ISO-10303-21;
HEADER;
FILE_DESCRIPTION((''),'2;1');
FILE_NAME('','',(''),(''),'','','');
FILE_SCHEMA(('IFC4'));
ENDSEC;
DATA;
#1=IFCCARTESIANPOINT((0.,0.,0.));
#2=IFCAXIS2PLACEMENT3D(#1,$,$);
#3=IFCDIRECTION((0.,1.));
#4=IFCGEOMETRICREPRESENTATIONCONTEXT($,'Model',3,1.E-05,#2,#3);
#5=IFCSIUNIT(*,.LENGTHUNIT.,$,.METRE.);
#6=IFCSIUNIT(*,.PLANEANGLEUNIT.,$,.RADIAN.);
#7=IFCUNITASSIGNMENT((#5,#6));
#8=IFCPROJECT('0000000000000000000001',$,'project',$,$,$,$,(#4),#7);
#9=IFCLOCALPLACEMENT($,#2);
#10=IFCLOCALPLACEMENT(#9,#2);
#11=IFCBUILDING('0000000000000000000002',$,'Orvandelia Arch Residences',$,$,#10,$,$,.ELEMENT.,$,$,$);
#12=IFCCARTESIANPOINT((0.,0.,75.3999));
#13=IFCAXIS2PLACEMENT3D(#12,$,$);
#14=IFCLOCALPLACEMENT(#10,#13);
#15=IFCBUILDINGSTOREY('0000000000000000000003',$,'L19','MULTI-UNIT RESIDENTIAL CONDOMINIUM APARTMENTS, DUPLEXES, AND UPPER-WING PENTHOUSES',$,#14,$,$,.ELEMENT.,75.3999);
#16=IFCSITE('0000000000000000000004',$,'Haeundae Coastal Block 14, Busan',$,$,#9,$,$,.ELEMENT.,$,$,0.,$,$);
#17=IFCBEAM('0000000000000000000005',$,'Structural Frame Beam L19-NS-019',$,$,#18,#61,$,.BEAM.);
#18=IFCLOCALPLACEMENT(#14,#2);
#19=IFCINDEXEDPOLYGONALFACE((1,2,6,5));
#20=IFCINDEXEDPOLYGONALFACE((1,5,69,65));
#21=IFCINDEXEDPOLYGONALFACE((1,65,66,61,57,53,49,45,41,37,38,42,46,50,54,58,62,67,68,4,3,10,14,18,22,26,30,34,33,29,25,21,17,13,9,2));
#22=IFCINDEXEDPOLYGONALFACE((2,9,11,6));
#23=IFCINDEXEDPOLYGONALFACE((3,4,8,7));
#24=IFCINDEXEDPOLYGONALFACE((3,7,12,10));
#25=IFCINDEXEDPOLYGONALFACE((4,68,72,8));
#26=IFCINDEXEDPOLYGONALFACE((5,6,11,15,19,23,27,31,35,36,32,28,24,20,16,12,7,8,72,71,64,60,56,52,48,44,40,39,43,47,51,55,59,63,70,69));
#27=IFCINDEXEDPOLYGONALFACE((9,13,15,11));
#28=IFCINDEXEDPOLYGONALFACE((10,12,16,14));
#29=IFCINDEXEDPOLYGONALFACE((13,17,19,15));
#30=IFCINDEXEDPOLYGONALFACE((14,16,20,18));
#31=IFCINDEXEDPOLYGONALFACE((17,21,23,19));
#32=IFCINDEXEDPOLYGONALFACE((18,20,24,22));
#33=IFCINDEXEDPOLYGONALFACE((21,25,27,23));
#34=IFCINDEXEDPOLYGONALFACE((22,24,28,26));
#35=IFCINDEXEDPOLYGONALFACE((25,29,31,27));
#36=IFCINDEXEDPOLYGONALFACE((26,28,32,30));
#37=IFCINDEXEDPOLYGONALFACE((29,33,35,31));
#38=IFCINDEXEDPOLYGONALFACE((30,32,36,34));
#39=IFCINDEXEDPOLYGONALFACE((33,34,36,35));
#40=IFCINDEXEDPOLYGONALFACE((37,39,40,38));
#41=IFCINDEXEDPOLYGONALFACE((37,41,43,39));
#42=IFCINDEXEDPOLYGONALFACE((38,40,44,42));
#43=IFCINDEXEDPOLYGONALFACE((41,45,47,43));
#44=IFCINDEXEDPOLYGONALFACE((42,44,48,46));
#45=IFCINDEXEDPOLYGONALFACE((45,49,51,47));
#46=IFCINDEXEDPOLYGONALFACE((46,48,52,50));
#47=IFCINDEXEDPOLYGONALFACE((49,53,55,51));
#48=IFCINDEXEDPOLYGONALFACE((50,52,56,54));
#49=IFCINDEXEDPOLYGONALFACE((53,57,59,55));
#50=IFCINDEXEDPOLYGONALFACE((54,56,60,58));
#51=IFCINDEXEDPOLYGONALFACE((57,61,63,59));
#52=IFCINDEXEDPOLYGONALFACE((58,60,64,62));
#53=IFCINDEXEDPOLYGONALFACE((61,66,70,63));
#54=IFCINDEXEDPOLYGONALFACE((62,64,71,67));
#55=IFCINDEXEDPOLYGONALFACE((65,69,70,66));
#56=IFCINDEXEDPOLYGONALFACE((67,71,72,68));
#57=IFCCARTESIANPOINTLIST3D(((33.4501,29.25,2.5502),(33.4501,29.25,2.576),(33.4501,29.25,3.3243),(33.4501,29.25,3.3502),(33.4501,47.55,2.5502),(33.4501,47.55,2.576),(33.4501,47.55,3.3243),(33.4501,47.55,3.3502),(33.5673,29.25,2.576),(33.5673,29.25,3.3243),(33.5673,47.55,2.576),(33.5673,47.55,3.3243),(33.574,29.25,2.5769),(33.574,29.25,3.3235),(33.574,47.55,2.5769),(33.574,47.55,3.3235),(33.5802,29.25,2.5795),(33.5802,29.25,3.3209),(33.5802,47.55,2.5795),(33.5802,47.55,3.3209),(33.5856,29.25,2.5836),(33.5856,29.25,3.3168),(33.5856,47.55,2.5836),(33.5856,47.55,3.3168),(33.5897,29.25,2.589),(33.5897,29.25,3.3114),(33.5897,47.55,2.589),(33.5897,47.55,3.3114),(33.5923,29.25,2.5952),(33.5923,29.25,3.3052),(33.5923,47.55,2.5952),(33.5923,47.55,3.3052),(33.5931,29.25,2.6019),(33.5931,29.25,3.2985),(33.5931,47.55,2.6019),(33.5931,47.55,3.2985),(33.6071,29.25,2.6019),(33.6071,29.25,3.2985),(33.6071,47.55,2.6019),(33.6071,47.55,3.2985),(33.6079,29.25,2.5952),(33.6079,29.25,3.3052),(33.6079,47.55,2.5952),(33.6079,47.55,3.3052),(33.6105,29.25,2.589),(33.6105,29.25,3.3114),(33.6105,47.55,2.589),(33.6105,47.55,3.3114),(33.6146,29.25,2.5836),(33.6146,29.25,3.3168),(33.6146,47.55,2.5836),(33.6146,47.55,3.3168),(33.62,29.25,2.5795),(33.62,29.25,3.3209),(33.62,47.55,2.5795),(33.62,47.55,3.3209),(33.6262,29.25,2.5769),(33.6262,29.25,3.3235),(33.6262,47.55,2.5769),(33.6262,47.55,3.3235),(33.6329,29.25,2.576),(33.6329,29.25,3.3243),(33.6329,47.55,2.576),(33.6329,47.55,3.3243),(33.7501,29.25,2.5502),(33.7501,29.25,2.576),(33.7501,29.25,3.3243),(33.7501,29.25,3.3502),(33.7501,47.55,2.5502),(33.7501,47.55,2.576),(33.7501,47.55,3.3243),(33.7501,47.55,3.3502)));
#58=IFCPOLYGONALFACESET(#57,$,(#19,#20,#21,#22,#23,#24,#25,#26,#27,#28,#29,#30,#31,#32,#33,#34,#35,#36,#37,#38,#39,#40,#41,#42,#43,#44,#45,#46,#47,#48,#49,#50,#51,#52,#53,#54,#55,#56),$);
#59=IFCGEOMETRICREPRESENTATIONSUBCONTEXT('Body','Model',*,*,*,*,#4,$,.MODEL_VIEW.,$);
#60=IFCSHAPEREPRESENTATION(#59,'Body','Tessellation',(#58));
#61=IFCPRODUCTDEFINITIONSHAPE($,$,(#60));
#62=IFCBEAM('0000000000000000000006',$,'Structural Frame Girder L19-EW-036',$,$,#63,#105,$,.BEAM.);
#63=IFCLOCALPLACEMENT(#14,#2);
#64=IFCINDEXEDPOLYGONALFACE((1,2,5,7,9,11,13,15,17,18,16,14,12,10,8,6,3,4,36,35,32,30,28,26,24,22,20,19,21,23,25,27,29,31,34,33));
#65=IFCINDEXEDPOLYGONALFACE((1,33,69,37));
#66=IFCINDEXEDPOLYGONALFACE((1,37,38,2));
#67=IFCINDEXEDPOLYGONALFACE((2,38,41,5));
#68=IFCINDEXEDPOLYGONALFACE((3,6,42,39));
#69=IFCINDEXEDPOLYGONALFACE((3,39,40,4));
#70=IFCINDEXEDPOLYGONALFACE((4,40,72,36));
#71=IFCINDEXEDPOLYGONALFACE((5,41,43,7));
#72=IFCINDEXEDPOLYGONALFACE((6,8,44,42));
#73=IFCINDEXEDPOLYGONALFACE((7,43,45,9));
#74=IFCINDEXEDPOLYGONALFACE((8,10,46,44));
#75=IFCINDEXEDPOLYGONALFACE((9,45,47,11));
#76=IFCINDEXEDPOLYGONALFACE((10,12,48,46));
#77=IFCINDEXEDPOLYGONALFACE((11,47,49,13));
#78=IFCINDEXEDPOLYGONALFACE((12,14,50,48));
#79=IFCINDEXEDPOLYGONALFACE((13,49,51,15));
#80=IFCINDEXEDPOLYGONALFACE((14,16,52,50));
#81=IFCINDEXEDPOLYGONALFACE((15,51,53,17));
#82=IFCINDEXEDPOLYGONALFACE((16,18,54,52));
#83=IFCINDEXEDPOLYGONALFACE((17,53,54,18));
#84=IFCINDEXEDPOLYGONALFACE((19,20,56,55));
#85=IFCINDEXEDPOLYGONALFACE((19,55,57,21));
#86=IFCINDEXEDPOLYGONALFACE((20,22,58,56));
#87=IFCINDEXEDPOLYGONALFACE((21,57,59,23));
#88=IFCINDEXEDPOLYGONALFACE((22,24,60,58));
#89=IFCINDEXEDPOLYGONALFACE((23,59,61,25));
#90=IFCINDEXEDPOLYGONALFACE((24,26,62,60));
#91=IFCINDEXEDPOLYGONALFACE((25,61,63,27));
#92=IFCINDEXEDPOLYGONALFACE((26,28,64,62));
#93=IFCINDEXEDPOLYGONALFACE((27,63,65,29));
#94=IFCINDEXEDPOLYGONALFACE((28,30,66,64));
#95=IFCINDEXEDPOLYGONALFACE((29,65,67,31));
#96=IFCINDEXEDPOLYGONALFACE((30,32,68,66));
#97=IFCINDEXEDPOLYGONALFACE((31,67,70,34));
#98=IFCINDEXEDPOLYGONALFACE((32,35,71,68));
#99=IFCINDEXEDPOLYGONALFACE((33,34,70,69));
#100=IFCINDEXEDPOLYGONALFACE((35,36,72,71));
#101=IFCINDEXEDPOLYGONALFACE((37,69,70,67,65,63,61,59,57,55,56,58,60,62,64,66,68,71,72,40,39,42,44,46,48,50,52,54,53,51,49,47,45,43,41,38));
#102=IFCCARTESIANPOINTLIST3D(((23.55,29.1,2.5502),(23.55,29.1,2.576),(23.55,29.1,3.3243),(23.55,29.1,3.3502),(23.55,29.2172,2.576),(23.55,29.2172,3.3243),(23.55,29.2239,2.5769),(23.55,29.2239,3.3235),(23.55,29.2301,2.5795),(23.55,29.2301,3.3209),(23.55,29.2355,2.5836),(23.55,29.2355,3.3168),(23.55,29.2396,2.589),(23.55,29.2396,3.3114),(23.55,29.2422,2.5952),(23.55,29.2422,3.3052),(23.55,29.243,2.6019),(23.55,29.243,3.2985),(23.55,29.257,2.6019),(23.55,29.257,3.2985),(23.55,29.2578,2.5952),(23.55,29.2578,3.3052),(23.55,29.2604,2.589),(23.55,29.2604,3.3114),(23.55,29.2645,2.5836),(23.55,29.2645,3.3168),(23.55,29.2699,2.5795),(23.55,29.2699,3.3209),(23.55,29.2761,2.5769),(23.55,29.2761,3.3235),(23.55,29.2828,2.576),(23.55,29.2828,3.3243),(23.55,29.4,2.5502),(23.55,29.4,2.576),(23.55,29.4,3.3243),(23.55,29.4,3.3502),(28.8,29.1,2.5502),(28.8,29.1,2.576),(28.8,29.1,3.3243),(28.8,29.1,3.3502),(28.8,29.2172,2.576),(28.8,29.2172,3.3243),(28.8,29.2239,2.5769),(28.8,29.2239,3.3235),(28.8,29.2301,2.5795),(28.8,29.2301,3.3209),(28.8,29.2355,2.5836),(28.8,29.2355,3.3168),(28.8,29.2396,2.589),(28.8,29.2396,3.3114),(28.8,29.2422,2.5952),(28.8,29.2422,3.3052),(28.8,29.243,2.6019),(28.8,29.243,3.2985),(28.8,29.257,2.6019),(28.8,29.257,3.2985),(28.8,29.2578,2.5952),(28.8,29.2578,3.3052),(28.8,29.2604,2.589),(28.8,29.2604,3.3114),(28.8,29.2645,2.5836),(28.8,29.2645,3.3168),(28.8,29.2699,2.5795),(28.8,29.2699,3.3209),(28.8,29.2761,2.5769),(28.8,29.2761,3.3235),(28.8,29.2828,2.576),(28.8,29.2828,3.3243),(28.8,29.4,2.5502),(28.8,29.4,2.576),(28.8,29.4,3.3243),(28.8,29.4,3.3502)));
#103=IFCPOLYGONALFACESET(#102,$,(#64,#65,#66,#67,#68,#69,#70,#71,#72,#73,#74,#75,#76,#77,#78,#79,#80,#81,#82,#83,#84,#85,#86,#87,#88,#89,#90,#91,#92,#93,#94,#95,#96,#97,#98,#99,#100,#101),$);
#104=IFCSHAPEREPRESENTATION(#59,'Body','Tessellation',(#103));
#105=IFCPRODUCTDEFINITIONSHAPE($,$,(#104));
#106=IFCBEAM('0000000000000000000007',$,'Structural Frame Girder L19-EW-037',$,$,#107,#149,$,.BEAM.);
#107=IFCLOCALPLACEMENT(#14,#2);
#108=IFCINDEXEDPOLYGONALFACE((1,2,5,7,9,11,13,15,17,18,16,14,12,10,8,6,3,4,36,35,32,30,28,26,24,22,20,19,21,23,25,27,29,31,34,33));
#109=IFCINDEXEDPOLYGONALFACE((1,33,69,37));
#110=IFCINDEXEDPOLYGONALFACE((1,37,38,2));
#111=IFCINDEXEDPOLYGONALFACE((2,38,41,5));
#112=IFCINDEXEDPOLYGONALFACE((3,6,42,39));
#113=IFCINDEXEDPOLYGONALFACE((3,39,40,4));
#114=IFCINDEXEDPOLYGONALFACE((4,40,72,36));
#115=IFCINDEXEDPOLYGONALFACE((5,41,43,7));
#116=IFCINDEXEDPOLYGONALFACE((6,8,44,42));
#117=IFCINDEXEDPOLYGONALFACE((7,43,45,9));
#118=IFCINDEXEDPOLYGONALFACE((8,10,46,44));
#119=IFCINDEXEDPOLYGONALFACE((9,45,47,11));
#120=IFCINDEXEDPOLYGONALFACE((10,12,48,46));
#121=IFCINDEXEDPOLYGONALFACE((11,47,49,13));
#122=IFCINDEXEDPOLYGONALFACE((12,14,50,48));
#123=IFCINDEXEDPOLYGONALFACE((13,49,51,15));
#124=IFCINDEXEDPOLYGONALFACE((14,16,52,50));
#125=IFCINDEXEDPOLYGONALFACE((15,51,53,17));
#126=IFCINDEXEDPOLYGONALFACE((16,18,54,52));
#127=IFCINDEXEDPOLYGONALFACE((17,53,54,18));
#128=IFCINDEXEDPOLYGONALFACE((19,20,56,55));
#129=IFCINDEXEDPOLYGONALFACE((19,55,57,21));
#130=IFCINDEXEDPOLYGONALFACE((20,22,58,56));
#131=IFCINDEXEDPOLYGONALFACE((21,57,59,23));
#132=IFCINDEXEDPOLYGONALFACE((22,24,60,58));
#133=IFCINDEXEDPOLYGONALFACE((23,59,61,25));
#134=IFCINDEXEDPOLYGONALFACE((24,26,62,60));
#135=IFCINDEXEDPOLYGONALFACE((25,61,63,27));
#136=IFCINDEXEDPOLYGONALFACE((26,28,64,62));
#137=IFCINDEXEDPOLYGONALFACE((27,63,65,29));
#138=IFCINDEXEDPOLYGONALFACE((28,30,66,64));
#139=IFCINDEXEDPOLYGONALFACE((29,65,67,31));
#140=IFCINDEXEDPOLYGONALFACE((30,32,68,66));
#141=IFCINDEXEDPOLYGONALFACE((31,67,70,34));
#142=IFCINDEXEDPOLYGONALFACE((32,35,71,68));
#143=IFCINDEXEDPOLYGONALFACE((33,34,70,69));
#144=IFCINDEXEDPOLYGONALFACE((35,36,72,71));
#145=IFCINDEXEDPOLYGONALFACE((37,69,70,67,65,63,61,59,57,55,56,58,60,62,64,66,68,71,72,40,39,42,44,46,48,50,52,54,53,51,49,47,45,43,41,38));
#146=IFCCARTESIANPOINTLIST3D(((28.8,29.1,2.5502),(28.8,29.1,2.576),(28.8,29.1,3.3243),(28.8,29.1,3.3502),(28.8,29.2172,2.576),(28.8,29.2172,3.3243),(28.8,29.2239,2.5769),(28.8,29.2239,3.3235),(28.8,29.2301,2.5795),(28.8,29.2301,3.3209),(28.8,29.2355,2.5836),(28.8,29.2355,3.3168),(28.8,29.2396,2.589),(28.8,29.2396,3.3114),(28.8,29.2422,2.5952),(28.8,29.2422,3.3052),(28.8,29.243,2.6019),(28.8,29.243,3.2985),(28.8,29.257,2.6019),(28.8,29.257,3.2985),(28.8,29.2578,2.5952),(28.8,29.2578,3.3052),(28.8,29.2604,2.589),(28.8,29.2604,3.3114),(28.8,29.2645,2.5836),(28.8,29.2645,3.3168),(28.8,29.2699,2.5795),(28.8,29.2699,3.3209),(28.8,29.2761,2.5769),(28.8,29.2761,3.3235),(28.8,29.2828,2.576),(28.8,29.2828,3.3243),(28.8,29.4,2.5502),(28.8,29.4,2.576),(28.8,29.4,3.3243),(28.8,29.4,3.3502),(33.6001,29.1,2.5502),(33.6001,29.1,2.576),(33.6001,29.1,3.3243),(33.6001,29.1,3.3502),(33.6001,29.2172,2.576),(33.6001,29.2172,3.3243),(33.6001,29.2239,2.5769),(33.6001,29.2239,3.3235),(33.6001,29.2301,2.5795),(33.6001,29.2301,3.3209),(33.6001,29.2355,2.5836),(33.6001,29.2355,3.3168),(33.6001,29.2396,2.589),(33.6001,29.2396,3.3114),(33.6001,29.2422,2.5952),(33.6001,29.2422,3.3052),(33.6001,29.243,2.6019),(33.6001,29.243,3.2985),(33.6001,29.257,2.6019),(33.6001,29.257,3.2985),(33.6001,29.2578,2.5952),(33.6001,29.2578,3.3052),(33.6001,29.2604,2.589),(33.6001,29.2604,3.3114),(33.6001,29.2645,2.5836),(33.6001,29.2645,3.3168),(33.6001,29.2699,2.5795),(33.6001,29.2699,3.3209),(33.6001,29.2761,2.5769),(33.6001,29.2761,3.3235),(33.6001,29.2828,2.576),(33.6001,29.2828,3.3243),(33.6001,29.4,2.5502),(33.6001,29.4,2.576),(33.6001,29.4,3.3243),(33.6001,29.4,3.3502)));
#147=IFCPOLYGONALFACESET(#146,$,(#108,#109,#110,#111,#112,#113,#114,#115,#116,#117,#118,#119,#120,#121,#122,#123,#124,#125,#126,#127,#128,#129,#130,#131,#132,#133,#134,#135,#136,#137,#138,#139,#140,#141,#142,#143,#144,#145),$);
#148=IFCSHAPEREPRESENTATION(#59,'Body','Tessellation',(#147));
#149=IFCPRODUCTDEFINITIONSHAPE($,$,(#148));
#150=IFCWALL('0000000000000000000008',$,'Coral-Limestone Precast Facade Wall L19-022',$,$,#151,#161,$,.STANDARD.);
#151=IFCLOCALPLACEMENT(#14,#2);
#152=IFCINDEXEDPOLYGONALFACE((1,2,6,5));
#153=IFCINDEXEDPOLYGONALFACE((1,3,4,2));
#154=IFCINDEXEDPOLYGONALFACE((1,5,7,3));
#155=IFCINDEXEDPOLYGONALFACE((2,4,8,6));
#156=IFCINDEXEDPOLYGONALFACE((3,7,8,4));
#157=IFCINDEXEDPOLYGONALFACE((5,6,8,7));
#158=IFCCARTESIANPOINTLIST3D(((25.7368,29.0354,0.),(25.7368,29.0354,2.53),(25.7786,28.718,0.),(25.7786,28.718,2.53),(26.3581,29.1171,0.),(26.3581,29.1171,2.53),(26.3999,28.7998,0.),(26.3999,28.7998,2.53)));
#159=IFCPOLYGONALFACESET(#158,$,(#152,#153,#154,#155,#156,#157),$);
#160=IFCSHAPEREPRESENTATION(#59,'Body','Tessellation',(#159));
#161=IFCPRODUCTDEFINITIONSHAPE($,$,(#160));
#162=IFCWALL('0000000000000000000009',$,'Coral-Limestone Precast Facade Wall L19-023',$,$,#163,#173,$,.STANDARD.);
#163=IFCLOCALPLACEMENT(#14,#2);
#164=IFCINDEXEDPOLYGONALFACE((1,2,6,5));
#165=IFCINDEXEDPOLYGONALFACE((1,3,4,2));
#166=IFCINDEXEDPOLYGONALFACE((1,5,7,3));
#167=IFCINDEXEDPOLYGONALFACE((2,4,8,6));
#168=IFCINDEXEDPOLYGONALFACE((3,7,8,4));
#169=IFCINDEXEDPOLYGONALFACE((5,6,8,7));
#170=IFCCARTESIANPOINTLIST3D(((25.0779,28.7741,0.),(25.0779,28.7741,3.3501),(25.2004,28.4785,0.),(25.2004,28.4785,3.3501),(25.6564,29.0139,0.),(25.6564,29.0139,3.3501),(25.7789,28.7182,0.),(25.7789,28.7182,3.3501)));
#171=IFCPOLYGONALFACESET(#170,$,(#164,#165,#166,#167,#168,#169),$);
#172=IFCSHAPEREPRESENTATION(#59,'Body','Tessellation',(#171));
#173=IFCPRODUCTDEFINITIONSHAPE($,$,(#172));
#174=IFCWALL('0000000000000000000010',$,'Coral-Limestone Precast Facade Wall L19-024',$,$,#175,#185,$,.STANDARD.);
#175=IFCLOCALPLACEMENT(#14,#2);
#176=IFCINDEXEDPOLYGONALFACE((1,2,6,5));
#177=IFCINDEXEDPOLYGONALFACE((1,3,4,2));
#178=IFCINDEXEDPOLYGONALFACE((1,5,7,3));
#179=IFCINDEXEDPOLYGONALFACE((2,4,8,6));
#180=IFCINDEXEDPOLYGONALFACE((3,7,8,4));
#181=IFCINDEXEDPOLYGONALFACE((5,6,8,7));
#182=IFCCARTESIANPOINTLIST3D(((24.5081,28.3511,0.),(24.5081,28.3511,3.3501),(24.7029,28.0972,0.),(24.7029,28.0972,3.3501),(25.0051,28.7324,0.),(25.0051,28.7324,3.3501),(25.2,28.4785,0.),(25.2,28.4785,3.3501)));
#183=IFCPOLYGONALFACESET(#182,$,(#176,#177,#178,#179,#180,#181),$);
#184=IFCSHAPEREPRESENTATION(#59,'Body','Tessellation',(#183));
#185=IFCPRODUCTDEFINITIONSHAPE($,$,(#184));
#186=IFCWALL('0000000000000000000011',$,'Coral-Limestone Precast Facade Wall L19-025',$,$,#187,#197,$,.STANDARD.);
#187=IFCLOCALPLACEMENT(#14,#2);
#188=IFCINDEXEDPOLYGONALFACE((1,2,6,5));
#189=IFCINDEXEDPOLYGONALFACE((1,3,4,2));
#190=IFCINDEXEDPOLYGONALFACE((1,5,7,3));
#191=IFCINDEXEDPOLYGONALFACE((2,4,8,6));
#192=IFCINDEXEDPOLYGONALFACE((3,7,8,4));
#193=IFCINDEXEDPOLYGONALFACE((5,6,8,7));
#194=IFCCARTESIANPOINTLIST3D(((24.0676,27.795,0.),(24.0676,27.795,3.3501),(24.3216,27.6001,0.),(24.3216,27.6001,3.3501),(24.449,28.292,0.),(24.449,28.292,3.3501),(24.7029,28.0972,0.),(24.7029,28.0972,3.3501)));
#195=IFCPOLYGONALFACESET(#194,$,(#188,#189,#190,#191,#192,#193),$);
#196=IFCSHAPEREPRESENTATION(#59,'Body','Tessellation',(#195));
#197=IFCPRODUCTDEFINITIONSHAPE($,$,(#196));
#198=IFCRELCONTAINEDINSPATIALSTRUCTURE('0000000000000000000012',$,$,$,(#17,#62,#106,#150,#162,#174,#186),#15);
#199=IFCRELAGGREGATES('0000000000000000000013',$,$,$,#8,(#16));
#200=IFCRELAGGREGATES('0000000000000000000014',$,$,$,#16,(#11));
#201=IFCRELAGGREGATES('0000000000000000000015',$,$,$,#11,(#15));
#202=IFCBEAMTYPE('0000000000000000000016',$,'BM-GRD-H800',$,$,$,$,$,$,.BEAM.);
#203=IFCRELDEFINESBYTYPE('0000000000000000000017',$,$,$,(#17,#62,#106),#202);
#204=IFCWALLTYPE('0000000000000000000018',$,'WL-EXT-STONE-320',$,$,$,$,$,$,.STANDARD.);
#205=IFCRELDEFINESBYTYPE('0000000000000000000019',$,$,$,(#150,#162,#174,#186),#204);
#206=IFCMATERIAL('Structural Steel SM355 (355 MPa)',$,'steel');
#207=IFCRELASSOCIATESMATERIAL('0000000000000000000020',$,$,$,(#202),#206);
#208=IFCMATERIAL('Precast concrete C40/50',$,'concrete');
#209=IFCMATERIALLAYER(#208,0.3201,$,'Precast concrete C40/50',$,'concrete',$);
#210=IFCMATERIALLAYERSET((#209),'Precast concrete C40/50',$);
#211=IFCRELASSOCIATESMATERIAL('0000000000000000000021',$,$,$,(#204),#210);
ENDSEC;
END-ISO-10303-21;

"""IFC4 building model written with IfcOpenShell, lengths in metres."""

from ifc_helpers import new_model, si_unit, direction, frame, frame_2d, origin, origin_2d, place, context, subcontext, project, spatial, rectangle, i_section, extrude, material, layer, layer_set, material_profile, profile_set, type_object, element, save


model = new_model("IFC4")

# Units and contexts
model_context = context("Model", 3, precision=1e-05, world=origin(), true_north=direction((0.0, 1.0)))
body_context = subcontext(model_context, "Body", "Model", "MODEL_VIEW")
ifc_project = project(units=[si_unit("LENGTHUNIT", "METRE"), si_unit("PLANEANGLEUNIT", "RADIAN")], contexts=[model_context])

# Site, building, storey
site_placement = place(None, origin())
site = spatial("IfcSite", under=ifc_project, at=site_placement, Name="Haeundae Coastal Block 14, Busan", CompositionType="ELEMENT", RefElevation=0.0)
building_placement = place(site_placement, origin())
building = spatial("IfcBuilding", under=site, at=building_placement, Name="Orvandelia Arch Residences", CompositionType="ELEMENT")
storey_placement = place(building_placement, frame((0.0, 0.0, 75.3999)))
storey = spatial("IfcBuildingStorey", under=building, at=storey_placement, Name="L19", Description="MULTI-UNIT RESIDENTIAL CONDOMINIUM APARTMENTS, DUPLEXES, AND UPPER-WING PENTHOUSES", CompositionType="ELEMENT", Elevation=75.3999)

# Beams
ifc_material_1 = material(Name="Structural Steel SM355 (355 MPa)", Category="steel")
ifc_material_profile_1 = material_profile(ifc_material_1, i_section(OverallWidth=0.3, OverallDepth=0.8, WebThickness=0.0139, FlangeThickness=0.0259, FilletRadius=0.0259, at=origin_2d()), Name="Structural Steel SM355 (355 MPa)", Category="steel")
ifc_profile_set_1 = profile_set([ifc_material_profile_1], Name="Structural Steel SM355 (355 MPa)")
beam_type = type_object("IfcBeamType", Name="BM-GRD-H800", PredefinedType="BEAM", material=ifc_profile_set_1)
for number, where, z_axis, x_axis, name in (
    (1, (33.6001, 29.25, 2.9502), (0.0, 1.0, 0.0), (-1.0, 0.0, 0.0), "Structural Frame Beam L19-NS-019"),
):
    element("IfcBeam", number, at=place(storey_placement, frame(where, z_axis=z_axis, x_axis=x_axis)), inside=storey, type_object=beam_type, Name=name, PredefinedType="BEAM", context=body_context, shape_type="SweptSolid", body=[
        extrude(i_section(OverallWidth=0.3, OverallDepth=0.8, WebThickness=0.0139, FlangeThickness=0.0259, FilletRadius=0.0259, at=origin_2d()), origin(), (0.0, 0.0, 1.0), 18.3),
    ])
beam_1_placement = place(storey_placement, frame((23.55, 29.25, 2.9502), z_axis=(1.0, 0.0, 0.0), x_axis=(0.0, 1.0, 0.0)))
element("IfcBeam", 2, at=beam_1_placement, inside=storey, type_object=beam_type, Name="Structural Frame Girder L19-EW-036", PredefinedType="BEAM", context=body_context, shape_type="SweptSolid", body=[
    extrude(i_section(OverallWidth=0.3, OverallDepth=0.8, WebThickness=0.0139, FlangeThickness=0.0259, FilletRadius=0.0259, at=origin_2d()), origin(), (0.0, 0.0, 1.0), 5.25),
])
beam_2_placement = place(storey_placement, frame((28.8, 29.25, 2.9502), z_axis=(1.0, 0.0, 0.0), x_axis=(0.0, 1.0, 0.0)))
element("IfcBeam", 3, at=beam_2_placement, inside=storey, type_object=beam_type, Name="Structural Frame Girder L19-EW-037", PredefinedType="BEAM", context=body_context, shape_type="SweptSolid", body=[
    extrude(i_section(OverallWidth=0.3, OverallDepth=0.8, WebThickness=0.0139, FlangeThickness=0.0259, FilletRadius=0.0259, at=origin_2d()), origin(), (0.0, 0.0, 1.0), 4.8),
])

# Walls
ifc_material_2 = material(Name="Precast concrete C40/50", Category="concrete")
ifc_layer_1 = layer(ifc_material_2, 0.3201, Name="Precast concrete C40/50", Category="concrete")
ifc_layer_set_1 = layer_set([ifc_layer_1], Name="Precast concrete C40/50")
wall_type_1 = type_object("IfcWallType", Name="WL-EXT-STONE-320", PredefinedType="STANDARD", material=ifc_layer_set_1)
wall_1_placement = place(storey_placement, frame((26.3792, 28.9585, 0.0), z_axis=(0.0, 0.0, 1.0), x_axis=(-0.991448, -0.130505, 0.0)))
element("IfcWall", 4, at=wall_1_placement, inside=storey, type_object=wall_type_1, Name="Coral-Limestone Precast Facade Wall L19-022", PredefinedType="STANDARD", context=body_context, shape_type="SweptSolid", body=[
    extrude(rectangle(XDim=0.6267, YDim=0.3201, at=frame_2d((0.3135, 0.0))), origin(), (0.0, 0.0, 1.0), 2.53),
])
wall_2_placement = place(storey_placement, frame((25.7175, 28.866, 0.0), z_axis=(0.0, 0.0, 1.0), x_axis=(-0.923836, -0.382788, 0.0)))
element("IfcWall", 5, at=wall_2_placement, inside=storey, type_object=wall_type_1, Name="Coral-Limestone Precast Facade Wall L19-023", PredefinedType="STANDARD", context=body_context, shape_type="SweptSolid", body=[
    extrude(rectangle(XDim=0.6262, YDim=0.3201, at=frame_2d((0.313, 0.0))), origin(), (0.0, 0.0, 1.0), 3.3501),
])
for number, where, z_axis, x_axis, name in (
    (6, (25.1025, 28.6055, 0.0), (0.0, 0.0, 1.0), (-0.793406, -0.608693, 0.0), "Coral-Limestone Precast Facade Wall L19-024"),
    (7, (24.5759, 28.1946, 0.0), (0.0, 0.0, 1.0), (-0.608693, -0.793406, 0.0), "Coral-Limestone Precast Facade Wall L19-025"),
):
    element("IfcWall", number, at=place(storey_placement, frame(where, z_axis=z_axis, x_axis=x_axis)), inside=storey, type_object=wall_type_1, Name=name, PredefinedType="STANDARD", context=body_context, shape_type="SweptSolid", body=[
        extrude(rectangle(XDim=0.6265, YDim=0.3201, at=frame_2d((0.3132, 0.0))), origin(), (0.0, 0.0, 1.0), 3.3501),
    ])

save(model, "model.ifc")
